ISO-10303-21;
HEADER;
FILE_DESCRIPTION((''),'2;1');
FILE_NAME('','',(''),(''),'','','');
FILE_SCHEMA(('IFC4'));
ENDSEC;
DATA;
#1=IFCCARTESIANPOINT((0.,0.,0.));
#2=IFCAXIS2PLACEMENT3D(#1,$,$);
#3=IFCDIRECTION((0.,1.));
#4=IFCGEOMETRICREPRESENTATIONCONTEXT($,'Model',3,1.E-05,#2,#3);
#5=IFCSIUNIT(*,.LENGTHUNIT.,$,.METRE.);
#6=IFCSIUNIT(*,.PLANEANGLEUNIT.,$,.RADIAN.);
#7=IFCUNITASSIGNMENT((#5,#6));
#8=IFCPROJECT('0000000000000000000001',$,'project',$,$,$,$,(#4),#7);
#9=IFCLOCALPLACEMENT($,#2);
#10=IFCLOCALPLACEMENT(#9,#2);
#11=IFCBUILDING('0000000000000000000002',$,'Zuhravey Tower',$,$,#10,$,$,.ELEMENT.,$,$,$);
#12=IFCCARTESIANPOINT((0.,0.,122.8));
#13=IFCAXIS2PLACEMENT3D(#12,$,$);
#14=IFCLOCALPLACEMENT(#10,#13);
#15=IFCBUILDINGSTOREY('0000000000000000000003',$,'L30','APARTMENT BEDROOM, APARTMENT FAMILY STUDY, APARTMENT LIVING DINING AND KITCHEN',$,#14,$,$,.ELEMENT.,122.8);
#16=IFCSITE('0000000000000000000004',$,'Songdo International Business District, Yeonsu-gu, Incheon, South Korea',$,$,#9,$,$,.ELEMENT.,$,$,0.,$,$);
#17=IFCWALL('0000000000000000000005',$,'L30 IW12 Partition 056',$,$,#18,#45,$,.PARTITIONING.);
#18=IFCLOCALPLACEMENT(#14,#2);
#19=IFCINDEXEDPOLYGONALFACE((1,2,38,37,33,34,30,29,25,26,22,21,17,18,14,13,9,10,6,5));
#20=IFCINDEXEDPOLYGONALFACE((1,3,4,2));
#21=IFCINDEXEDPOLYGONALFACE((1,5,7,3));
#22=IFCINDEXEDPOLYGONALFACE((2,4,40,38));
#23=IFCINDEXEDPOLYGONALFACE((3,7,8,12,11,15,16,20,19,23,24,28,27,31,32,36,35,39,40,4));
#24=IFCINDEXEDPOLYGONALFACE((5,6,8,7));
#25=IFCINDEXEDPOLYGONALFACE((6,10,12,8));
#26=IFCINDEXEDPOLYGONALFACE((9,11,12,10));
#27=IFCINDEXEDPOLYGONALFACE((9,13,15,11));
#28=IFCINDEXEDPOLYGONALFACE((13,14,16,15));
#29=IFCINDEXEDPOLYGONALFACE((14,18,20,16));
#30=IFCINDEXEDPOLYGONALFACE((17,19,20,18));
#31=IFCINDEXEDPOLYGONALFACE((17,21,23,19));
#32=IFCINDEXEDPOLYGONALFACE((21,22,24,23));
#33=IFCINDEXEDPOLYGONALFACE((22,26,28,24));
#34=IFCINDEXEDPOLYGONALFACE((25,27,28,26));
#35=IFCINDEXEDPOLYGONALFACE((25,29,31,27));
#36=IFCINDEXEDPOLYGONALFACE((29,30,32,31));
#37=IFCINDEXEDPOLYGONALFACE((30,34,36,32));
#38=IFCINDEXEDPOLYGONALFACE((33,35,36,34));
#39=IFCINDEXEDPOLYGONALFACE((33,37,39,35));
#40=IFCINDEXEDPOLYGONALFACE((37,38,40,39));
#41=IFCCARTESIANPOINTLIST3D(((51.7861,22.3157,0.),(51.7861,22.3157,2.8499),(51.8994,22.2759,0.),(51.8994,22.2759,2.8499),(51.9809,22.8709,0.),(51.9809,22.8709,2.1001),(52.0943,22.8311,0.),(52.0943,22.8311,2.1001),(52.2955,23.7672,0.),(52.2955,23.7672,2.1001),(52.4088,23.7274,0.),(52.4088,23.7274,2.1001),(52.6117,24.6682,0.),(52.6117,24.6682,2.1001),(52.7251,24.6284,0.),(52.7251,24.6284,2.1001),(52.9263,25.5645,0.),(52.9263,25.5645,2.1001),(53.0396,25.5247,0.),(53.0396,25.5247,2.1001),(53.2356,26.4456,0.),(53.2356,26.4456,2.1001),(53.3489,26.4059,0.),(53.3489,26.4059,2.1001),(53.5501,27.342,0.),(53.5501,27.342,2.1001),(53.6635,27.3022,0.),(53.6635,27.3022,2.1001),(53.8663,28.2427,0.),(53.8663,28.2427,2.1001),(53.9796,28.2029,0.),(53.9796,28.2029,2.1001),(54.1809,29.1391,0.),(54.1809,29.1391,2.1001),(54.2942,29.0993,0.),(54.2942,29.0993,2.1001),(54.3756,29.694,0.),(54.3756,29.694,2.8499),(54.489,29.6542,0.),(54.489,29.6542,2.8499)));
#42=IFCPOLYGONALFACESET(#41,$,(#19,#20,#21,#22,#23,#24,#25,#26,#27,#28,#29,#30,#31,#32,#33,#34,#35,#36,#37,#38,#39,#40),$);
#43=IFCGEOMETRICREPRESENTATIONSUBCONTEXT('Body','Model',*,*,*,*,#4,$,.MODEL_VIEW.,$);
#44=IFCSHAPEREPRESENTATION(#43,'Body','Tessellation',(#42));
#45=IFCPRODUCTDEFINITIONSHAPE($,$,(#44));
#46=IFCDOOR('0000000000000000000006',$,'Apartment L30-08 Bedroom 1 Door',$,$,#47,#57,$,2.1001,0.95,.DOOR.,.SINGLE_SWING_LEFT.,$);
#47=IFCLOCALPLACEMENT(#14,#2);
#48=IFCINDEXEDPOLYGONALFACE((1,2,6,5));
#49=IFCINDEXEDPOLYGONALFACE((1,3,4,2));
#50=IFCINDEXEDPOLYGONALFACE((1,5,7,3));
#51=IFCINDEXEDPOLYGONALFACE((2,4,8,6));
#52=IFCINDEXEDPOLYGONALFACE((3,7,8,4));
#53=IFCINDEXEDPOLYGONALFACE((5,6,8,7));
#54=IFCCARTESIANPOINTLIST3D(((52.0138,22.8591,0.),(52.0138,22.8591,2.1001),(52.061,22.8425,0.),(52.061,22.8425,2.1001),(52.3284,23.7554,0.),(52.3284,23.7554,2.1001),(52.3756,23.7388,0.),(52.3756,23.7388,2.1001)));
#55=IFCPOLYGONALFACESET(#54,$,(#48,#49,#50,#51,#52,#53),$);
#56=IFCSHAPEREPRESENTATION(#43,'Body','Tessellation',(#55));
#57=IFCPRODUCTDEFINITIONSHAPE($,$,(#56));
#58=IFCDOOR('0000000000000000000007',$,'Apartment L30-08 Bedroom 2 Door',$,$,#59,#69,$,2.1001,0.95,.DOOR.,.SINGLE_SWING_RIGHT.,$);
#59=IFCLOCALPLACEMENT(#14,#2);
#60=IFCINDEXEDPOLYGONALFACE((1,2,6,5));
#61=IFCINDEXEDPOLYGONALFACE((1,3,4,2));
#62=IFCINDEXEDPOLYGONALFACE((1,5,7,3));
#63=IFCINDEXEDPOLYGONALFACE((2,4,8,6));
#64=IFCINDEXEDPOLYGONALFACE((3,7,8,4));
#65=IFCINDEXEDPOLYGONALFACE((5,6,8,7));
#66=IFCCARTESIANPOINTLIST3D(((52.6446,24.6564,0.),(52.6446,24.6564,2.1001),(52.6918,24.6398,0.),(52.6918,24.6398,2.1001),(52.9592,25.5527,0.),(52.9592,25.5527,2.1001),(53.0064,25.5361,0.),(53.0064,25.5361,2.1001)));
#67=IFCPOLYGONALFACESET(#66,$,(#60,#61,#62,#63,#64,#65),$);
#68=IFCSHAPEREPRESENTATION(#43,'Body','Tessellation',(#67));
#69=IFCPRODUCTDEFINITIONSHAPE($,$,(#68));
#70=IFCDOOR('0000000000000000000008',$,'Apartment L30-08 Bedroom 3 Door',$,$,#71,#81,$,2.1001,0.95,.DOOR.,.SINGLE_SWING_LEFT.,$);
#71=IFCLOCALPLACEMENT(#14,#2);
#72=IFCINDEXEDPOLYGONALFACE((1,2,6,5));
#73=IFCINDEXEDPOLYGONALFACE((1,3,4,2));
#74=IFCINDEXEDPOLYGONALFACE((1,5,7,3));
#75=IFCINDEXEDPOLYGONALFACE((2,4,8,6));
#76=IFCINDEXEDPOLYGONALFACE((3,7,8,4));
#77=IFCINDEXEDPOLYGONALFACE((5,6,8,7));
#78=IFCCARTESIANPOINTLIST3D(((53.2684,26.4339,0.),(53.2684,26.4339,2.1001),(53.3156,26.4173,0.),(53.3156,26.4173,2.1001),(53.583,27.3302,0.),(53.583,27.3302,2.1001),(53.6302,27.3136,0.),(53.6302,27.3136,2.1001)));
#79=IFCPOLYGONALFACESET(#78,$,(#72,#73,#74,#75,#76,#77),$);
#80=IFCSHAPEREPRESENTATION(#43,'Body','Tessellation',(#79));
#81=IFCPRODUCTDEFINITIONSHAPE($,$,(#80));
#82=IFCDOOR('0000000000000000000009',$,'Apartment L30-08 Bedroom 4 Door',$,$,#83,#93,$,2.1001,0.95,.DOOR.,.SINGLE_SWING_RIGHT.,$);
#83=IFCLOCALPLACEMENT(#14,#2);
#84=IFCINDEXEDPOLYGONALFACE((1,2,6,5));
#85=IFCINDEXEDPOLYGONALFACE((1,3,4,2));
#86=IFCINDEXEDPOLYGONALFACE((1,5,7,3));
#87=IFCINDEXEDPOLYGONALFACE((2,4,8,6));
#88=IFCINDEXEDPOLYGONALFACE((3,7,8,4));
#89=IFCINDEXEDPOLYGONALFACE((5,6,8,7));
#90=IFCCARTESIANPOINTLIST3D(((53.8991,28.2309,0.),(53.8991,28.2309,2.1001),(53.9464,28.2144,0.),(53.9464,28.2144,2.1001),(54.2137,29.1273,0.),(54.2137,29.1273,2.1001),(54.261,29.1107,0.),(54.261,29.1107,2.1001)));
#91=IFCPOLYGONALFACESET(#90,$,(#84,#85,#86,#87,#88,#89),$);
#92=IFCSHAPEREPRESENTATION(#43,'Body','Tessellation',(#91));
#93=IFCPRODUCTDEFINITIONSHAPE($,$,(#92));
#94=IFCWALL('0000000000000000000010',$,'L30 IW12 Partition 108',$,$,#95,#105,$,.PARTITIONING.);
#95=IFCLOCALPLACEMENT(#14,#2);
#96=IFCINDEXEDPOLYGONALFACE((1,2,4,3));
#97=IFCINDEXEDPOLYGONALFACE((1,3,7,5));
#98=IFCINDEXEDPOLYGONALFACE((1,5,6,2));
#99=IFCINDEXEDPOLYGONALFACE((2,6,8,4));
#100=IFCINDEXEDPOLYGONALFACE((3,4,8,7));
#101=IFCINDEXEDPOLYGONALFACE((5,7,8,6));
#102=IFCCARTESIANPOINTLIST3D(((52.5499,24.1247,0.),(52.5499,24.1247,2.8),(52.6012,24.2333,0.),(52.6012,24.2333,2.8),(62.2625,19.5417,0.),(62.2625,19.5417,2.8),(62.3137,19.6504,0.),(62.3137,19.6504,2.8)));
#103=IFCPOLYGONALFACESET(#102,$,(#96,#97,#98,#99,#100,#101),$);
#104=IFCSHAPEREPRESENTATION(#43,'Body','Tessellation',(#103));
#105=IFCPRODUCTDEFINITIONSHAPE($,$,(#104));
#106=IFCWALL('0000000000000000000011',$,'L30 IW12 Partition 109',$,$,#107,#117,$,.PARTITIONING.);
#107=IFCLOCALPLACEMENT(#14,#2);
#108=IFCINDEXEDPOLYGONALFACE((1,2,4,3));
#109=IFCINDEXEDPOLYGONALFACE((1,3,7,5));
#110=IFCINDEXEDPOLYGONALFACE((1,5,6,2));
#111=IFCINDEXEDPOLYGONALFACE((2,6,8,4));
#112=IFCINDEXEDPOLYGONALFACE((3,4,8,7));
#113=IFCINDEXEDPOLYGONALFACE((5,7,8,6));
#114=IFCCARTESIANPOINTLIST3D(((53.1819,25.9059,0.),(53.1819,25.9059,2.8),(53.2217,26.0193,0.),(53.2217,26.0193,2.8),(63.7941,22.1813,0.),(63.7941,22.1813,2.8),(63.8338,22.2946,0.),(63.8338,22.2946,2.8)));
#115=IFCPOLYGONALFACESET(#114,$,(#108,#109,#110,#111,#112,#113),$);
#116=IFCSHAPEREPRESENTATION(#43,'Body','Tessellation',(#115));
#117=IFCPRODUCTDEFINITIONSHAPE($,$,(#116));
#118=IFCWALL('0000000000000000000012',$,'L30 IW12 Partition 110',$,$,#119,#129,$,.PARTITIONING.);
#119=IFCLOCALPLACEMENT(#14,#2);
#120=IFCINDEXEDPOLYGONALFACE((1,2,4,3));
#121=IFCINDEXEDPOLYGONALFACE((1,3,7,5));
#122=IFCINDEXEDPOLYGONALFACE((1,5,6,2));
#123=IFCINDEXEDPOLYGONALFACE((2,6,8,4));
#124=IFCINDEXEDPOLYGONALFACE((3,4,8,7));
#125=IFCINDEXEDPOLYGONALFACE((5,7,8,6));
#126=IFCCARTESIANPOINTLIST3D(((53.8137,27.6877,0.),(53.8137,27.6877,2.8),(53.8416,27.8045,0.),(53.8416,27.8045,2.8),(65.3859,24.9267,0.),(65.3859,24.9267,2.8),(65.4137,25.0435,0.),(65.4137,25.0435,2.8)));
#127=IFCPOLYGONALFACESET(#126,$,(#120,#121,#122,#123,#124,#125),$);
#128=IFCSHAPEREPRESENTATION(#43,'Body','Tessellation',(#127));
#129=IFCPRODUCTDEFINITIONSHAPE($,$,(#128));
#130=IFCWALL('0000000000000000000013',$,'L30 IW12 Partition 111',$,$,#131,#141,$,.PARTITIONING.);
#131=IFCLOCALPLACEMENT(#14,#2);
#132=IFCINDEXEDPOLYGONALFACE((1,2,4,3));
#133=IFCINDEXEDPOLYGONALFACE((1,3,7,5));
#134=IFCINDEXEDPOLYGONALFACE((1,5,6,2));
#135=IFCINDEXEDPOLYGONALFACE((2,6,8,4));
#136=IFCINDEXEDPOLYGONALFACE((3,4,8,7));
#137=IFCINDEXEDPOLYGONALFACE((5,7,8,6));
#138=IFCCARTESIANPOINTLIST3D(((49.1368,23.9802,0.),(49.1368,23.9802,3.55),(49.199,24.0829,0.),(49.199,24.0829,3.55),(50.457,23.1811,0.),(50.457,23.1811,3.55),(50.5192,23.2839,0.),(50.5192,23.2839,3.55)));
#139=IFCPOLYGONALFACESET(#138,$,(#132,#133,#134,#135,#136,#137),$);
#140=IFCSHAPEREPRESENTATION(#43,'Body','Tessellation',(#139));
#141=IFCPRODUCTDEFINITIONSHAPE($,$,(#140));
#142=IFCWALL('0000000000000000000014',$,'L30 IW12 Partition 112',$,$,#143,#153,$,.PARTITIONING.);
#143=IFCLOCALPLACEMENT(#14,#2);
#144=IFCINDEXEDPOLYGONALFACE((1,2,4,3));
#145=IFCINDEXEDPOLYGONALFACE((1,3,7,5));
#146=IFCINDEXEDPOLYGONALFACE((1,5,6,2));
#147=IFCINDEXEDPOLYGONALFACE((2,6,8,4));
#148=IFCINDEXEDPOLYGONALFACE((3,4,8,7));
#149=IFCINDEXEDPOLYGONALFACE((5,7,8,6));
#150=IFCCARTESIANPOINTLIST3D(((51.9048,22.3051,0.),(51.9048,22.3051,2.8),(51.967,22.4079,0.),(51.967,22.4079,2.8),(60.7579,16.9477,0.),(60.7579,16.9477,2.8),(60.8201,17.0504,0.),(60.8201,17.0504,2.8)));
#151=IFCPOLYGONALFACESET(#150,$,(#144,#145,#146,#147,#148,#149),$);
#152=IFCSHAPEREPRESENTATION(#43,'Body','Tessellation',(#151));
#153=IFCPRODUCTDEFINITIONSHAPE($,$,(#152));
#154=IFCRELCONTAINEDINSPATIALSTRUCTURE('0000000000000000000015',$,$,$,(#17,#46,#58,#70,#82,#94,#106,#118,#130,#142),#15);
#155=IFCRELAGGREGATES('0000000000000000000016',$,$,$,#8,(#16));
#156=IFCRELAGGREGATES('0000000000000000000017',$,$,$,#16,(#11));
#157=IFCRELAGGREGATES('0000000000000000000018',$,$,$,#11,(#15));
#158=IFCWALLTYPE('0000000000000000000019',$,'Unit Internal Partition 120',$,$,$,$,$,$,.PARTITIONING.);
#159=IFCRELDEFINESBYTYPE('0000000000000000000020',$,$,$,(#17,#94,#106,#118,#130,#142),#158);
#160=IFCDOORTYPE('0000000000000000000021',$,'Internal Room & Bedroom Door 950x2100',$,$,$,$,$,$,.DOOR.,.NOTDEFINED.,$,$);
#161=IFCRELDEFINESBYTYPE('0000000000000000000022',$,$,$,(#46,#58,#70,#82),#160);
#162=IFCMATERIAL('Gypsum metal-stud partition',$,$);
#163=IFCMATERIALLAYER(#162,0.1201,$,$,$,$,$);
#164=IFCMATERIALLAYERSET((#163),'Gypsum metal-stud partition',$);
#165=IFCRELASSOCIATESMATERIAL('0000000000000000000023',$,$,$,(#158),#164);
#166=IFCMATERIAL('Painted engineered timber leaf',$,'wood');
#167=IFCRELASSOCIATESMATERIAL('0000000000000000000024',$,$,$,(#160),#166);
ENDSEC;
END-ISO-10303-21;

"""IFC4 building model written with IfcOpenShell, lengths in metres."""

from ifc_helpers import new_model, si_unit, direction, frame, frame_2d, origin, place, context, subcontext, project, spatial, rectangle, extrude, material, layer, layer_set, type_object, element, fill, save


model = new_model("IFC4")

# Units and contexts
model_context = context("Model", 3, precision=1e-05, world=origin(), true_north=direction((0.0, 1.0)))
body_context = subcontext(model_context, "Body", "Model", "MODEL_VIEW")
ifc_project = project(units=[si_unit("LENGTHUNIT", "METRE"), si_unit("PLANEANGLEUNIT", "RADIAN")], contexts=[model_context])

# Site, building, storey
site_placement = place(None, origin())
site = spatial("IfcSite", under=ifc_project, at=site_placement, Name="Songdo International Business District, Yeonsu-gu, Incheon, South Korea", CompositionType="ELEMENT", RefElevation=0.0)
building_placement = place(site_placement, origin())
building = spatial("IfcBuilding", under=site, at=building_placement, Name="Zuhravey Tower", CompositionType="ELEMENT")
storey_placement = place(building_placement, frame((0.0, 0.0, 122.8)))
storey = spatial("IfcBuildingStorey", under=building, at=storey_placement, Name="L30", Description="APARTMENT BEDROOM, APARTMENT FAMILY STUDY, APARTMENT LIVING DINING AND KITCHEN", CompositionType="ELEMENT", Elevation=122.8)

# Wall, openings, doors
ifc_material_1 = material(Name="Gypsum metal-stud partition")
ifc_layer_1 = layer(ifc_material_1, 0.1201)
ifc_layer_set_1 = layer_set([ifc_layer_1], Name="Gypsum metal-stud partition")
wall_type_1 = type_object("IfcWallType", Name="Unit Internal Partition 120", PredefinedType="PARTITIONING", material=ifc_layer_set_1)
ifc_material_2 = material(Name="Painted engineered timber leaf", Category="wood")
door_type_1 = type_object("IfcDoorType", Name="Internal Room & Bedroom Door 950x2100", OperationType="NOTDEFINED", PredefinedType="DOOR", material=ifc_material_2)
wall_1_placement = place(storey_placement, frame((51.8428, 22.2959, 0.0), z_axis=(0.0, 0.0, 1.0), x_axis=(0.331165, 0.943573, 0.0)))
wall_1 = element("IfcWall", 1, at=wall_1_placement, inside=storey, type_object=wall_type_1, Name="L30 IW12 Partition 056", PredefinedType="PARTITIONING", context=body_context, shape_type="SweptSolid", body=[
    extrude(rectangle(XDim=7.8196, YDim=0.1201, at=frame_2d((3.9097, 0.0))), origin(), (0.0, 0.0, 1.0), 2.8499),
])
opening_1_placement = place(wall_1_placement, frame((0.5881, 0.0, 0.0)))
opening_1 = element("IfcOpeningElement", 2, at=opening_1_placement, cuts=wall_1, PredefinedType="OPENING", context=body_context, shape_type="SweptSolid", body=[
    extrude(rectangle(XDim=0.95, YDim=2.1001, at=frame_2d((0.4751, 1.05))), frame((0.0, 0.072, 0.0), z_axis=(0.0, -1.0, 0.0), x_axis=(1.0, 0.0, 0.0)), (0.0, 0.0, 1.0), 0.144),
])
opening_2_placement = place(wall_1_placement, frame((2.4929, 0.0, 0.0)))
opening_2 = element("IfcOpeningElement", 3, at=opening_2_placement, cuts=wall_1, PredefinedType="OPENING", context=body_context, shape_type="SweptSolid", body=[
    extrude(rectangle(XDim=0.95, YDim=2.1001, at=frame_2d((0.4751, 1.05))), frame((0.0, 0.072, 0.0), z_axis=(0.0, -1.0, 0.0), x_axis=(1.0, 0.0, 0.0)), (0.0, 0.0, 1.0), 0.144),
])
opening_3_placement = place(wall_1_placement, frame((4.3767, 0.0, 0.0)))
opening_3 = element("IfcOpeningElement", 4, at=opening_3_placement, cuts=wall_1, PredefinedType="OPENING", context=body_context, shape_type="SweptSolid", body=[
    extrude(rectangle(XDim=0.95, YDim=2.1001, at=frame_2d((0.4751, 1.05))), frame((0.0, 0.072, 0.0), z_axis=(0.0, -1.0, 0.0), x_axis=(1.0, 0.0, 0.0)), (0.0, 0.0, 1.0), 0.144),
])
opening_4_placement = place(wall_1_placement, frame((6.2812, 0.0, 0.0)))
opening_4 = element("IfcOpeningElement", 5, at=opening_4_placement, cuts=wall_1, PredefinedType="OPENING", context=body_context, shape_type="SweptSolid", body=[
    extrude(rectangle(XDim=0.95, YDim=2.1001, at=frame_2d((0.4751, 1.05))), frame((0.0, 0.072, 0.0), z_axis=(0.0, -1.0, 0.0), x_axis=(1.0, 0.0, 0.0)), (0.0, 0.0, 1.0), 0.144),
])
door_1_placement = place(opening_1_placement, frame((0.95, 0.0, 0.0), z_axis=(0.0, 0.0, 1.0), x_axis=(-1.0, 0.0, 0.0)))
door_1 = element("IfcDoor", 6, at=door_1_placement, inside=storey, type_object=door_type_1, Name="Apartment L30-08 Bedroom 1 Door", OperationType="SINGLE_SWING_LEFT", OverallHeight=2.1001, OverallWidth=0.95, PredefinedType="DOOR", context=body_context, shape_type="SweptSolid", body=[
    extrude(rectangle(XDim=0.95, YDim=2.1001, at=frame_2d((0.4751, 1.05))), frame((0.0, 0.0249, 0.0), z_axis=(0.0, -1.0, 0.0), x_axis=(1.0, 0.0, 0.0)), (0.0, 0.0, 1.0), 0.05),
])
fill(opening_1, door_1)
door_2_placement = place(opening_2_placement, frame((0.95, 0.0, 0.0), z_axis=(0.0, 0.0, 1.0), x_axis=(-1.0, 0.0, 0.0)))
door_2 = element("IfcDoor", 7, at=door_2_placement, inside=storey, type_object=door_type_1, Name="Apartment L30-08 Bedroom 2 Door", OperationType="SINGLE_SWING_RIGHT", OverallHeight=2.1001, OverallWidth=0.95, PredefinedType="DOOR", context=body_context, shape_type="SweptSolid", body=[
    extrude(rectangle(XDim=0.95, YDim=2.1001, at=frame_2d((0.4751, 1.05))), frame((0.0, 0.0249, 0.0), z_axis=(0.0, -1.0, 0.0), x_axis=(1.0, 0.0, 0.0)), (0.0, 0.0, 1.0), 0.05),
])
fill(opening_2, door_2)
door_3_placement = place(opening_3_placement, frame((0.95, 0.0, 0.0), z_axis=(0.0, 0.0, 1.0), x_axis=(-1.0, 0.0, 0.0)))
door_3 = element("IfcDoor", 8, at=door_3_placement, inside=storey, type_object=door_type_1, Name="Apartment L30-08 Bedroom 3 Door", OperationType="SINGLE_SWING_LEFT", OverallHeight=2.1001, OverallWidth=0.95, PredefinedType="DOOR", context=body_context, shape_type="SweptSolid", body=[
    extrude(rectangle(XDim=0.95, YDim=2.1001, at=frame_2d((0.4751, 1.05))), frame((0.0, 0.0249, 0.0), z_axis=(0.0, -1.0, 0.0), x_axis=(1.0, 0.0, 0.0)), (0.0, 0.0, 1.0), 0.05),
])
fill(opening_3, door_3)
door_4_placement = place(opening_4_placement, frame((0.95, 0.0, 0.0), z_axis=(0.0, 0.0, 1.0), x_axis=(-1.0, 0.0, 0.0)))
door_4 = element("IfcDoor", 9, at=door_4_placement, inside=storey, type_object=door_type_1, Name="Apartment L30-08 Bedroom 4 Door", OperationType="SINGLE_SWING_RIGHT", OverallHeight=2.1001, OverallWidth=0.95, PredefinedType="DOOR", context=body_context, shape_type="SweptSolid", body=[
    extrude(rectangle(XDim=0.95, YDim=2.1001, at=frame_2d((0.4751, 1.05))), frame((0.0, 0.0249, 0.0), z_axis=(0.0, -1.0, 0.0), x_axis=(1.0, 0.0, 0.0)), (0.0, 0.0, 1.0), 0.05),
])
fill(opening_4, door_4)

# Walls
wall_2_placement = place(storey_placement, frame((52.5757, 24.179, 0.0), z_axis=(0.0, 0.0, 1.0), x_axis=(0.904375, -0.426738, 0.0)))
element("IfcWall", 10, at=wall_2_placement, inside=storey, type_object=wall_type_1, Name="L30 IW12 Partition 108", PredefinedType="PARTITIONING", context=body_context, shape_type="SweptSolid", body=[
    extrude(rectangle(XDim=10.7395, YDim=0.1201, at=frame_2d((5.3696, 0.0))), origin(), (0.0, 0.0, 1.0), 2.8),
])
wall_3_placement = place(storey_placement, frame((53.2017, 25.9626, 0.0), z_axis=(0.0, 0.0, 1.0), x_axis=(0.94357, -0.331173, 0.0)))
element("IfcWall", 11, at=wall_3_placement, inside=storey, type_object=wall_type_1, Name="L30 IW12 Partition 109", PredefinedType="PARTITIONING", context=body_context, shape_type="SweptSolid", body=[
    extrude(rectangle(XDim=11.2468, YDim=0.1201, at=frame_2d((5.6235, 0.0))), origin(), (0.0, 0.0, 1.0), 2.8),
])
wall_4_placement = place(storey_placement, frame((53.8276, 27.7461, 0.0), z_axis=(0.0, 0.0, 1.0), x_axis=(0.972698, -0.232073, 0.0)))
element("IfcWall", 12, at=wall_4_placement, inside=storey, type_object=wall_type_1, Name="L30 IW12 Partition 110", PredefinedType="PARTITIONING", context=body_context, shape_type="SweptSolid", body=[
    extrude(rectangle(XDim=11.897, YDim=0.1201, at=frame_2d((5.9485, 0.0))), origin(), (0.0, 0.0, 1.0), 2.8),
])
wall_5_placement = place(storey_placement, frame((49.168, 24.0315, 0.0), z_axis=(0.0, 0.0, 1.0), x_axis=(0.855519, -0.517772, 0.0)))
element("IfcWall", 13, at=wall_5_placement, inside=storey, type_object=wall_type_1, Name="L30 IW12 Partition 111", PredefinedType="PARTITIONING", context=body_context, shape_type="SweptSolid", body=[
    extrude(rectangle(XDim=1.5432, YDim=0.1201, at=frame_2d((0.7715, 0.0))), origin(), (0.0, 0.0, 1.0), 3.55),
])
wall_6_placement = place(storey_placement, frame((51.936, 22.3564, 0.0), z_axis=(0.0, 0.0, 1.0), x_axis=(0.855542, -0.517733, 0.0)))
element("IfcWall", 14, at=wall_6_placement, inside=storey, type_object=wall_type_1, Name="L30 IW12 Partition 112", PredefinedType="PARTITIONING", context=body_context, shape_type="SweptSolid", body=[
    extrude(rectangle(XDim=10.3479, YDim=0.1201, at=frame_2d((5.1738, 0.0))), origin(), (0.0, 0.0, 1.0), 2.8),
])

save(model, "model.ifc")
